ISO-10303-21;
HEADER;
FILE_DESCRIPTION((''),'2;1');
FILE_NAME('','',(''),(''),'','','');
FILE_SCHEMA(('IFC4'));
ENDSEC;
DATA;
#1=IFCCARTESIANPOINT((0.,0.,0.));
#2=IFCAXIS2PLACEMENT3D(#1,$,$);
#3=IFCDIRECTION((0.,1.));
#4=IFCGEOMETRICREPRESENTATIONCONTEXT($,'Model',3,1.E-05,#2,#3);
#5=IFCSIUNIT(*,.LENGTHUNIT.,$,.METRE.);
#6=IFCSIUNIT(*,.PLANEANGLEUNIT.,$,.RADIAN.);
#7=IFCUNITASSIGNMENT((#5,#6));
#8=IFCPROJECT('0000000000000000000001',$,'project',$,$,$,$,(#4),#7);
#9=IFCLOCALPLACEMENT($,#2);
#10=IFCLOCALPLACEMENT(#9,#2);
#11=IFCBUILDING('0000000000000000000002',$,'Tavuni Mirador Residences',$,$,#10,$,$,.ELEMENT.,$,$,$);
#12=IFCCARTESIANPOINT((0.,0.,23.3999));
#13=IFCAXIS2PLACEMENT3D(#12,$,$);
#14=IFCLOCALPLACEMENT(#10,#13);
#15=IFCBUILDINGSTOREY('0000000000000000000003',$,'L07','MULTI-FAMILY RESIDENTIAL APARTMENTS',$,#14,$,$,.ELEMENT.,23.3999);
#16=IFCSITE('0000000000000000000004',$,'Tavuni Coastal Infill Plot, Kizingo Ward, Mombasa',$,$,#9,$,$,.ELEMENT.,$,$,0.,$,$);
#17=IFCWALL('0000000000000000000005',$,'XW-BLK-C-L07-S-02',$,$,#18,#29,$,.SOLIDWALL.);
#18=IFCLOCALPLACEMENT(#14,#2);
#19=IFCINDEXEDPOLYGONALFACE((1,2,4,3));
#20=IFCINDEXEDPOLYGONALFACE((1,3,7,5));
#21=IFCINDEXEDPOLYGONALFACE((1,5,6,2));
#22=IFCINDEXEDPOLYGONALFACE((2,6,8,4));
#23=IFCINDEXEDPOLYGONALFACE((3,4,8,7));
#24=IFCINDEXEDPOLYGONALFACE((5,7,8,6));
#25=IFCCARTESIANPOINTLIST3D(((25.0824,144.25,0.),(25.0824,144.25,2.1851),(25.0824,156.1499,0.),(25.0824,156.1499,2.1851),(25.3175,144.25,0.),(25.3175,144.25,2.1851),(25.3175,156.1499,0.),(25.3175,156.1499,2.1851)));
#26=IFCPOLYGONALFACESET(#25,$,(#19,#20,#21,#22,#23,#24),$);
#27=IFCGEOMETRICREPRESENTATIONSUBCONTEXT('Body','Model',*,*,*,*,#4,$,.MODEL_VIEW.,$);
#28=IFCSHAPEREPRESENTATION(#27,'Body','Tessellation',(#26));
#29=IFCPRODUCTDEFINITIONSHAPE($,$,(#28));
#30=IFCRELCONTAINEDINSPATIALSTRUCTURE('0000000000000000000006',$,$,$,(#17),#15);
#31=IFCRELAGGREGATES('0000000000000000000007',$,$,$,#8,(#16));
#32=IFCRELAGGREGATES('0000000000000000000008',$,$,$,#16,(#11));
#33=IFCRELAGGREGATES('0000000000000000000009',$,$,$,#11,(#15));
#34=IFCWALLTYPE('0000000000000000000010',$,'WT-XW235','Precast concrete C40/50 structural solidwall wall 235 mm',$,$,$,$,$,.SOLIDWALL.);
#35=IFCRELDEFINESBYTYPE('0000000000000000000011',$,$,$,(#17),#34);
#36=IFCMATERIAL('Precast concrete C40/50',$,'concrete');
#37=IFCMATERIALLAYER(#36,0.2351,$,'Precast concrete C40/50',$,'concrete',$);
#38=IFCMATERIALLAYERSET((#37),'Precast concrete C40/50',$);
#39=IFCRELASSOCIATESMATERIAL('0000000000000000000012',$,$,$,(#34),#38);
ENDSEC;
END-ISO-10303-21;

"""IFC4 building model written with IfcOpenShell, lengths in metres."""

from ifc_helpers import new_model, si_unit, direction, frame, frame_2d, origin, place, context, subcontext, project, spatial, rectangle, extrude, material, layer, layer_set, type_object, element, save


model = new_model("IFC4")

# Units and contexts
model_context = context("Model", 3, precision=1e-05, world=origin(), true_north=direction((0.0, 1.0)))
body_context = subcontext(model_context, "Body", "Model", "MODEL_VIEW")
ifc_project = project(units=[si_unit("LENGTHUNIT", "METRE"), si_unit("PLANEANGLEUNIT", "RADIAN")], contexts=[model_context])

# Site, building, storey
site_placement = place(None, origin())
site = spatial("IfcSite", under=ifc_project, at=site_placement, Name="Tavuni Coastal Infill Plot, Kizingo Ward, Mombasa", CompositionType="ELEMENT", RefElevation=0.0)
building_placement = place(site_placement, origin())
building = spatial("IfcBuilding", under=site, at=building_placement, Name="Tavuni Mirador Residences", CompositionType="ELEMENT")
storey_placement = place(building_placement, frame((0.0, 0.0, 23.3999)))
storey = spatial("IfcBuildingStorey", under=building, at=storey_placement, Name="L07", Description="MULTI-FAMILY RESIDENTIAL APARTMENTS", CompositionType="ELEMENT", Elevation=23.3999)

# Shared definitions
ifc_material_1 = material(Name="Precast concrete C40/50", Category="concrete")

# Wall
ifc_layer_1 = layer(ifc_material_1, 0.2351, Name="Precast concrete C40/50", Category="concrete")
ifc_layer_set_1 = layer_set([ifc_layer_1], Name="Precast concrete C40/50")
wall_type_1 = type_object("IfcWallType", Name="WT-XW235", Description="Precast concrete C40/50 structural solidwall wall 235 mm", PredefinedType="SOLIDWALL", material=ifc_layer_set_1)
wall_1_placement = place(storey_placement, frame((25.2, 144.25, 0.0), z_axis=(0.0, 0.0, 1.0), x_axis=(0.0, 1.0, 0.0)))
element("IfcWall", 1, at=wall_1_placement, inside=storey, type_object=wall_type_1, Name="XW-BLK-C-L07-S-02", PredefinedType="SOLIDWALL", context=body_context, shape_type="SweptSolid", body=[
    extrude(rectangle(XDim=11.8999, YDim=0.2351, at=frame_2d((5.95, 0.0))), origin(), (0.0, 0.0, 1.0), 2.1851),
])

save(model, "model.ifc")
